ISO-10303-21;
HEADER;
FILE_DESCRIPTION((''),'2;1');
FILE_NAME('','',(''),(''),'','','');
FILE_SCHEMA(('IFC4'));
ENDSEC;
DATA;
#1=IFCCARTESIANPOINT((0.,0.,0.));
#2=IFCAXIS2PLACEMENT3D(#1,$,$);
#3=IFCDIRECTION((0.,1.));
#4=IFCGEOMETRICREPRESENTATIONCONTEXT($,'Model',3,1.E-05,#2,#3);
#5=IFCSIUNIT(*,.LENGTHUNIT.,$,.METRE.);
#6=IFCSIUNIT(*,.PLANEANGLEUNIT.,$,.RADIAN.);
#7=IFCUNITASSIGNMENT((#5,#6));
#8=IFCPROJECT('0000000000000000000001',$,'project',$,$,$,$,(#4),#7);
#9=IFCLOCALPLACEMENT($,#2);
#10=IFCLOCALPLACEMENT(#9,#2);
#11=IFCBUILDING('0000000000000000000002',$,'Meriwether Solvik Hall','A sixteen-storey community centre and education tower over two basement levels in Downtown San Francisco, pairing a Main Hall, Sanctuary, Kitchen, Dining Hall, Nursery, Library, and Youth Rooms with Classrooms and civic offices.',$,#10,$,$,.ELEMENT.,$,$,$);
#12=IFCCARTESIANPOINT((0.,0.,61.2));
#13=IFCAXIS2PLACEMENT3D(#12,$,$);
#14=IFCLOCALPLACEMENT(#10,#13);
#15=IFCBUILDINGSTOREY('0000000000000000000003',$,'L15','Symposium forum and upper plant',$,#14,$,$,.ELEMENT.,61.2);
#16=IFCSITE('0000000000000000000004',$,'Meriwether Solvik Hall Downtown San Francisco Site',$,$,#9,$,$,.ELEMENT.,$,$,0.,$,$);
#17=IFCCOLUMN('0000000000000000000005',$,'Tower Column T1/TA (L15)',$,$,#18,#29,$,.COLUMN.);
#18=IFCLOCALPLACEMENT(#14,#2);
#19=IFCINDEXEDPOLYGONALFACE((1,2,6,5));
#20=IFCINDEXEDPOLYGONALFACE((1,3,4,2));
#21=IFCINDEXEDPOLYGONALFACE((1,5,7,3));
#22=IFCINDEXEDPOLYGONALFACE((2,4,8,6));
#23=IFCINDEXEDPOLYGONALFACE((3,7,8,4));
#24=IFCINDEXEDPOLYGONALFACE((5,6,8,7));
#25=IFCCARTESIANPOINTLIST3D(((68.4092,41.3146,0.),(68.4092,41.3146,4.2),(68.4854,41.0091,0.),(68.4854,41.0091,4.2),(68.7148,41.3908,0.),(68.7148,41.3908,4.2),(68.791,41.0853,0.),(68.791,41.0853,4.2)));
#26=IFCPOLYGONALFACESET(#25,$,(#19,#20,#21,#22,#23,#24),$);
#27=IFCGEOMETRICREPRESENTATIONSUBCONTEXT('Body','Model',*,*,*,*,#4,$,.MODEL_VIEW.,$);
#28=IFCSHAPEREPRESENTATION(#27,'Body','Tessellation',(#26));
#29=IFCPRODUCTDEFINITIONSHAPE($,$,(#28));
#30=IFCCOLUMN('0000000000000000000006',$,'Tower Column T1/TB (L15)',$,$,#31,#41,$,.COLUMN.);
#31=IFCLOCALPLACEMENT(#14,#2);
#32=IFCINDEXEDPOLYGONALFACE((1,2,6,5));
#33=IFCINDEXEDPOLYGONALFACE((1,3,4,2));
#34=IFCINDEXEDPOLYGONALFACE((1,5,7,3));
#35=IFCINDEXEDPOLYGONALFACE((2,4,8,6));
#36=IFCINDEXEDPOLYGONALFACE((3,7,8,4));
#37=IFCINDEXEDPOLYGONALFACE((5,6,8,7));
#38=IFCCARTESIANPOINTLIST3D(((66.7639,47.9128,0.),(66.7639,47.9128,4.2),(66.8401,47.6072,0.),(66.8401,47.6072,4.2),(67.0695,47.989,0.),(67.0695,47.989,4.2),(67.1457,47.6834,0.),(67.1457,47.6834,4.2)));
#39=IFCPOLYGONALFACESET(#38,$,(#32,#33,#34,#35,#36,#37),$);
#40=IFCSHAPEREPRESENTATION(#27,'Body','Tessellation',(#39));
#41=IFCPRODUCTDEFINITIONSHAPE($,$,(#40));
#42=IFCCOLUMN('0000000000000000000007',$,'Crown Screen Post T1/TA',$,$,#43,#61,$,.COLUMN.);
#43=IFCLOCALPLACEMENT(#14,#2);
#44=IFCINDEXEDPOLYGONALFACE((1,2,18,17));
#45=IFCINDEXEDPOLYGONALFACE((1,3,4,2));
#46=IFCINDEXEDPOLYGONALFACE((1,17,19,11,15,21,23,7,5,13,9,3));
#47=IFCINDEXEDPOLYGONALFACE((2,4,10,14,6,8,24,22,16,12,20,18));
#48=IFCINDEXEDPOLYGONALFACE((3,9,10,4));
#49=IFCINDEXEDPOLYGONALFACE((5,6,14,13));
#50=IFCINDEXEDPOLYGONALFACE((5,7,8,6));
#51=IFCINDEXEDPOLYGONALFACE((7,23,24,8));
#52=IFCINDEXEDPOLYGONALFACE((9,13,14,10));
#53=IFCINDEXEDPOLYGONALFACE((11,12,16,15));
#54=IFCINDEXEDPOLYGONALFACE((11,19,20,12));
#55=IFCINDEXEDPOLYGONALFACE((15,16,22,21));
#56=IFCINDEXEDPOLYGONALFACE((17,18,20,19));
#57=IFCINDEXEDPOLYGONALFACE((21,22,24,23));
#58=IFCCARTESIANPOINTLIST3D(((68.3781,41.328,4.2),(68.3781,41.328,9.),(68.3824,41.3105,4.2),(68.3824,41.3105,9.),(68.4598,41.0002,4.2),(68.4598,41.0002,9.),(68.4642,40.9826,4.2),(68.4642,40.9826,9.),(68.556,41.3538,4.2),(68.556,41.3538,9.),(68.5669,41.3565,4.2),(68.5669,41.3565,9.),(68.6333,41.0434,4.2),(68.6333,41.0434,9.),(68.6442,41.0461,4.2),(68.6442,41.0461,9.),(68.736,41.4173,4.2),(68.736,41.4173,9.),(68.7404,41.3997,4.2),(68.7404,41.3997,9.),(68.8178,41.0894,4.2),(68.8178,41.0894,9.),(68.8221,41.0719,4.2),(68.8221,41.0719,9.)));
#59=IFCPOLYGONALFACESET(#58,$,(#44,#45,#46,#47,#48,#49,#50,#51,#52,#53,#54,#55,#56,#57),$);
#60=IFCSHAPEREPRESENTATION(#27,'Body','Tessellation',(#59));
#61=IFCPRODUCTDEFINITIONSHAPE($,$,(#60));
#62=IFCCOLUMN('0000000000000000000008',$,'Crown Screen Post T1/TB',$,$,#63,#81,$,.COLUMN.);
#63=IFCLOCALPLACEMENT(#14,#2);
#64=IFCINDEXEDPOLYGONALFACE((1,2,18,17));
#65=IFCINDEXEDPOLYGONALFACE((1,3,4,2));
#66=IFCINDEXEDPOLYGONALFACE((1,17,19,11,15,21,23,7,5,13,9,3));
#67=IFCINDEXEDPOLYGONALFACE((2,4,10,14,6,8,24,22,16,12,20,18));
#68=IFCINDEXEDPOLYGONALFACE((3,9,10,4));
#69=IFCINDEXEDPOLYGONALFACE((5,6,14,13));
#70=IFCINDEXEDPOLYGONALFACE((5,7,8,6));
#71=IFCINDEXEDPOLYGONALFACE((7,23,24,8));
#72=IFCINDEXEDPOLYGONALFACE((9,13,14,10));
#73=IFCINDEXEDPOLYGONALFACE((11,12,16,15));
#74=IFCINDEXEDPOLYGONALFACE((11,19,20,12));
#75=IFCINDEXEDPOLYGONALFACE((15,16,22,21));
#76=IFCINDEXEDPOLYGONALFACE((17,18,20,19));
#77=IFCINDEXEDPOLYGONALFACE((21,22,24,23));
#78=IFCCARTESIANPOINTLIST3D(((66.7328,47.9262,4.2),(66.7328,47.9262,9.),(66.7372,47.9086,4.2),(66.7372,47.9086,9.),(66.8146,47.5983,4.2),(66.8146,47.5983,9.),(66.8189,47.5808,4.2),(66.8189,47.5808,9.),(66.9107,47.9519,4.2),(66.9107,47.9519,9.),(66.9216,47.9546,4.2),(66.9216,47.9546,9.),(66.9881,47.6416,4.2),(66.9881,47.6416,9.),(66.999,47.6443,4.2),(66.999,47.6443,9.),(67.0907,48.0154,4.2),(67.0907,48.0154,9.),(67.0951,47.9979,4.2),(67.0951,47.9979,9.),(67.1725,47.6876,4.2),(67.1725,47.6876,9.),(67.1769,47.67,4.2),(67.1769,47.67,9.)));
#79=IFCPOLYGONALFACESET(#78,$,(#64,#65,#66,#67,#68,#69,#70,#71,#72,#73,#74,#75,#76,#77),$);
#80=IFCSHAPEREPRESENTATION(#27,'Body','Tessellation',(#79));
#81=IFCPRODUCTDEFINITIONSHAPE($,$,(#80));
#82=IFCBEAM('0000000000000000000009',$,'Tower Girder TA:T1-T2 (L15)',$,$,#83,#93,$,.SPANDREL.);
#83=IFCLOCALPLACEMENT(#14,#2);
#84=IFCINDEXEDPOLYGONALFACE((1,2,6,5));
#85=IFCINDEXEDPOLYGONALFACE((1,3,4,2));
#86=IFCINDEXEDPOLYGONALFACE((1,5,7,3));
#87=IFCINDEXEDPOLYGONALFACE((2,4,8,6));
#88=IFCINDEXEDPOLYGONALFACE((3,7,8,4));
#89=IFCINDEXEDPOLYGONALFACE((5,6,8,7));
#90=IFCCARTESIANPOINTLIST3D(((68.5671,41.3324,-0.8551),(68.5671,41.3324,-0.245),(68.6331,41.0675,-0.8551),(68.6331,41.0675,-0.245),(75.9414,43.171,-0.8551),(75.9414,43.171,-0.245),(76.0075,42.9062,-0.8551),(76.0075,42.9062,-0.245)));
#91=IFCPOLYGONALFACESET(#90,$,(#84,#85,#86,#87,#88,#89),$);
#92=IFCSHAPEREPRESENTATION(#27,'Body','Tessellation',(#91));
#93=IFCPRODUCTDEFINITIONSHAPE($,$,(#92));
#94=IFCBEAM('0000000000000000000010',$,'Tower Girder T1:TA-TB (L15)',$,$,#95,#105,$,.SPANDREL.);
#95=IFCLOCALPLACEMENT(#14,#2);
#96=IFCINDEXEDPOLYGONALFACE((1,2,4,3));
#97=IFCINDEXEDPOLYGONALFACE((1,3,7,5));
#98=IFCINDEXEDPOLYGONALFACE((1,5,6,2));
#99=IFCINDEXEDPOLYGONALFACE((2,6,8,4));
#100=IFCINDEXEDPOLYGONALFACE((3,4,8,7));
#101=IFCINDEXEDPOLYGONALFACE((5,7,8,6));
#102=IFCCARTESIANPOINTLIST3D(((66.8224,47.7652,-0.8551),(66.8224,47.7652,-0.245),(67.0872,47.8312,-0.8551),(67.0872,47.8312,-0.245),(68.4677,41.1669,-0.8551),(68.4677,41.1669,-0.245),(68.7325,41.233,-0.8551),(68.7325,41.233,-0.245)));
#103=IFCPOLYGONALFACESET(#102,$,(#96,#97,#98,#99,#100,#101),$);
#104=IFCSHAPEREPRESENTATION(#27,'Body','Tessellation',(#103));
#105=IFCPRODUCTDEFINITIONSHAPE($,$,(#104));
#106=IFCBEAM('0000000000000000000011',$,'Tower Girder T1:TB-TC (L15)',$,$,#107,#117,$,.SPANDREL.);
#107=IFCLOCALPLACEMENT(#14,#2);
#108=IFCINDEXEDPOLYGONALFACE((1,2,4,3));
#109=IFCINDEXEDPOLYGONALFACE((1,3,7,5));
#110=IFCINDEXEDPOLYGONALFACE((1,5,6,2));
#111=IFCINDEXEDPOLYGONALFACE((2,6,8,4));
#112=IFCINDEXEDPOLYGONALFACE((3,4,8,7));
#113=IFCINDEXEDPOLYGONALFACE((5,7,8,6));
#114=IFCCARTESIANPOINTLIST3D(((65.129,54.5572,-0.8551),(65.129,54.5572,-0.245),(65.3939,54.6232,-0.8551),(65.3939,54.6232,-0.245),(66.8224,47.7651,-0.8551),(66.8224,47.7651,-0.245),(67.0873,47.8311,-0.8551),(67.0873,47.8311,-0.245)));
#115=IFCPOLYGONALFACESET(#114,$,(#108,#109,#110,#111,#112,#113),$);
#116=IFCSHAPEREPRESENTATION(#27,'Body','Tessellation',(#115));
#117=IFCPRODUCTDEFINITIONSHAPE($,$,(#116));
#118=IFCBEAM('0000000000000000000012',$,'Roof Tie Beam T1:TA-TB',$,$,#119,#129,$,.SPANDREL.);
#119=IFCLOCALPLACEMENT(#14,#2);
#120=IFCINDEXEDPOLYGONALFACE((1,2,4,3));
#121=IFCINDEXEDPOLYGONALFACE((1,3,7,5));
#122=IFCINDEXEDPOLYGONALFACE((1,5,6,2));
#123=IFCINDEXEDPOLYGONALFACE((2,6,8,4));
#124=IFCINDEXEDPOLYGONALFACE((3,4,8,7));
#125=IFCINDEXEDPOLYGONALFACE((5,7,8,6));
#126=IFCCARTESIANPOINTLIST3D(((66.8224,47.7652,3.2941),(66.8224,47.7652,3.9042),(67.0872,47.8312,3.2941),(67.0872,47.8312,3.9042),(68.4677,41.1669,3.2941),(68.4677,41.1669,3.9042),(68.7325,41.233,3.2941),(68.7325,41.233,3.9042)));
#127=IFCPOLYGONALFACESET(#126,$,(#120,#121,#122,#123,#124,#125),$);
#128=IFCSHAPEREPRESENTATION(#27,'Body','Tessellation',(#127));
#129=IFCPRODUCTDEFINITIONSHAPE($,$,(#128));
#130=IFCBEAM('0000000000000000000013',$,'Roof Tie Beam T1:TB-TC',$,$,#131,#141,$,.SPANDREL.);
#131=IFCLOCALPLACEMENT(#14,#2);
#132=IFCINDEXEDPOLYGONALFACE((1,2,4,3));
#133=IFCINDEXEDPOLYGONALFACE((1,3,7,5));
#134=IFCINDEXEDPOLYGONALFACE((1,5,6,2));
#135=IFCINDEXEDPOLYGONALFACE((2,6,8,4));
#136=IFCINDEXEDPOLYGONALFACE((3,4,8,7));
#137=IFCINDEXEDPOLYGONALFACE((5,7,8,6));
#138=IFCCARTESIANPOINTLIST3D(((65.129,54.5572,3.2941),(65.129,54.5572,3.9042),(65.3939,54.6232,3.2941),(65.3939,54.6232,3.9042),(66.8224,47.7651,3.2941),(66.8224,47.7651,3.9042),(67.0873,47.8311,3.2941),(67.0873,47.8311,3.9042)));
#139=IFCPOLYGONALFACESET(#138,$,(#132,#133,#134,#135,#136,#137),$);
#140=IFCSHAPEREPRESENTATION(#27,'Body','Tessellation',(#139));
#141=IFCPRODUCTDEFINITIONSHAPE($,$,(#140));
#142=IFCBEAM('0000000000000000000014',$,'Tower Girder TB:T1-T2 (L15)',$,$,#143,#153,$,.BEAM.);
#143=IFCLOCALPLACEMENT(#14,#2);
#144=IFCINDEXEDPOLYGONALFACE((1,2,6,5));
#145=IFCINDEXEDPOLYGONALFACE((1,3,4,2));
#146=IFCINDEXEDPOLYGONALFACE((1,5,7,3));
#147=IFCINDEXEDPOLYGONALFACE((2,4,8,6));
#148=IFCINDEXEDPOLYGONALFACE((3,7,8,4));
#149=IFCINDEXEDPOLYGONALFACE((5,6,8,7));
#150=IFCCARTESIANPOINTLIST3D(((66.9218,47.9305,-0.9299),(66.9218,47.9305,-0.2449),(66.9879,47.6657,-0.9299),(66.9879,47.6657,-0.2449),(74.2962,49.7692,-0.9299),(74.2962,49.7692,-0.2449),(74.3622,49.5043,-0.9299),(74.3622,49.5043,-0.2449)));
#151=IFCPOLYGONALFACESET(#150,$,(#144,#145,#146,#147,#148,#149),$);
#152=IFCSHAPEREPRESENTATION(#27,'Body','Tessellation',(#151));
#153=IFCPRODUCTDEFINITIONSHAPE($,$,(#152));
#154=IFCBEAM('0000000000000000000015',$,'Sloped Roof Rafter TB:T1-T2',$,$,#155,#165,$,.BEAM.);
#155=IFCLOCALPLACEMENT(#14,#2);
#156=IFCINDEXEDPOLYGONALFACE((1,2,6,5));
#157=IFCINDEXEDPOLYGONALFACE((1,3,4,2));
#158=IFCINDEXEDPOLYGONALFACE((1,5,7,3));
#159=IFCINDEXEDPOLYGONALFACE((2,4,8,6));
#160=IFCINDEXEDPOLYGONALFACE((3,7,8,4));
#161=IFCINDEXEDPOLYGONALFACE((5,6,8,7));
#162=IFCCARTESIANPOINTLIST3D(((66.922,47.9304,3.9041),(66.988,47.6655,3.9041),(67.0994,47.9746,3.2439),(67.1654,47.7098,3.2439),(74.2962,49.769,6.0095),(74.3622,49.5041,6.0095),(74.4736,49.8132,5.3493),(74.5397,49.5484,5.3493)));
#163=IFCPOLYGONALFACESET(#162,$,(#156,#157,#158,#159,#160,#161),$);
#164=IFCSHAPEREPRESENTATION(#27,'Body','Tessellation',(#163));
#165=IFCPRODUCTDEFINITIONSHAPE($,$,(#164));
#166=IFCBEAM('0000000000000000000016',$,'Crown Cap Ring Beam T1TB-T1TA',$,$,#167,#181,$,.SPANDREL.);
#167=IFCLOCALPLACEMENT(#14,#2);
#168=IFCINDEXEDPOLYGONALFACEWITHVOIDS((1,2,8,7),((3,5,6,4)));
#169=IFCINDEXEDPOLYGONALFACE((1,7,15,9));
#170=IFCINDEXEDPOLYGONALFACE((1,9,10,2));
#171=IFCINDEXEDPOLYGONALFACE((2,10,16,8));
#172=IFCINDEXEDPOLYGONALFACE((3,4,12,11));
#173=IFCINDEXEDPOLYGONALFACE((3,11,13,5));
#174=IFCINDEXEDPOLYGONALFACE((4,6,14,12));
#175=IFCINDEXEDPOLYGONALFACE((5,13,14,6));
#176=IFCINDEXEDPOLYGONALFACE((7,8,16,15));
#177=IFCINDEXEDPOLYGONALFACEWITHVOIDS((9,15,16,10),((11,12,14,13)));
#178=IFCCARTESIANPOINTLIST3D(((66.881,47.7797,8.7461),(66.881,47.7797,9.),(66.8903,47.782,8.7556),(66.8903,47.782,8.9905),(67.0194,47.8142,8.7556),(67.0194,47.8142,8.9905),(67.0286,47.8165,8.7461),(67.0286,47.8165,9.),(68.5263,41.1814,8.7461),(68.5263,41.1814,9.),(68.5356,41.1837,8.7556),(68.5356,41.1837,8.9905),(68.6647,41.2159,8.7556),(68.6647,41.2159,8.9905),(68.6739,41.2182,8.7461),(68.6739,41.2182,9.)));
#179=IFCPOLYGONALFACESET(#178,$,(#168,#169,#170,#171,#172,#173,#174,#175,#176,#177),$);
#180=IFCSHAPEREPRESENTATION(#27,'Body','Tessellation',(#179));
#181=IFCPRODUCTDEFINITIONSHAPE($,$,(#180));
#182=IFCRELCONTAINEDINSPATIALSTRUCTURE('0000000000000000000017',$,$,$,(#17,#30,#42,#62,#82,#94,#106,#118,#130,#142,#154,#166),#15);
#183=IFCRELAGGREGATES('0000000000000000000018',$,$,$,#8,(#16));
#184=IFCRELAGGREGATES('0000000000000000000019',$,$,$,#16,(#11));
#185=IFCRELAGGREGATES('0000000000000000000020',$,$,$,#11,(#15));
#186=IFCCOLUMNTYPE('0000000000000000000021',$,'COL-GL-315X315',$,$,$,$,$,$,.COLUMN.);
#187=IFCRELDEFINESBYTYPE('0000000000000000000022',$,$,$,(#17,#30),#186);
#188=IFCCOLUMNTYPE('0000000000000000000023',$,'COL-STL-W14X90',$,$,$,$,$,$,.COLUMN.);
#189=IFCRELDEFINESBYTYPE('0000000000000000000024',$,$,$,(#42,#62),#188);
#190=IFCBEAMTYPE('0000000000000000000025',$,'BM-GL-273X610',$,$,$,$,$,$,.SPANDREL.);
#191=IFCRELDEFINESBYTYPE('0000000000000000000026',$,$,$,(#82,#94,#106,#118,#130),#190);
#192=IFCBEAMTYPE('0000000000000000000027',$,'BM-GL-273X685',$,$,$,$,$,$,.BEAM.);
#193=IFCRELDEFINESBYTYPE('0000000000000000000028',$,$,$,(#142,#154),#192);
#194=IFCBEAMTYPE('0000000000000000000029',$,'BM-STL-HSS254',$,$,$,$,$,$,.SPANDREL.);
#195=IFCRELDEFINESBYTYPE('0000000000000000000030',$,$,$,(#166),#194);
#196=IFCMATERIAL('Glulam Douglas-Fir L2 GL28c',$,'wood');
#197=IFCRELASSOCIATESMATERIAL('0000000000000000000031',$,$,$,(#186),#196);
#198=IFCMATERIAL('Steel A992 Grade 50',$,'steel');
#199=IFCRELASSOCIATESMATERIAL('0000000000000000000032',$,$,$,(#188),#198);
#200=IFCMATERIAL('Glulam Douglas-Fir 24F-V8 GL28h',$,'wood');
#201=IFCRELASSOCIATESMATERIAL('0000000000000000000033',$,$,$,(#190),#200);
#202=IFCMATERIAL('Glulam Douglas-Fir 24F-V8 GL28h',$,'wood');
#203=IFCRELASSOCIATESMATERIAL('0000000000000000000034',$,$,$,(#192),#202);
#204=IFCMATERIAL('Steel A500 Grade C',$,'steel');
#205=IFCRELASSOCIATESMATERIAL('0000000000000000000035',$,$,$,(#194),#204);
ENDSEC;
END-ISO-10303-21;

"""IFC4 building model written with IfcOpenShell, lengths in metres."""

from ifc_helpers import new_model, si_unit, direction, frame, origin, origin_2d, place, context, subcontext, project, spatial, rectangle, hollow_rectangle, i_section, extrude, material, material_profile, profile_set, type_object, element, save


model = new_model("IFC4")

# Units and contexts
model_context = context("Model", 3, precision=1e-05, world=origin(), true_north=direction((0.0, 1.0)))
body_context = subcontext(model_context, "Body", "Model", "MODEL_VIEW")
ifc_project = project(units=[si_unit("LENGTHUNIT", "METRE"), si_unit("PLANEANGLEUNIT", "RADIAN")], contexts=[model_context])

# Site, building, storey
site_placement = place(None, origin())
site = spatial("IfcSite", under=ifc_project, at=site_placement, Name="Meriwether Solvik Hall Downtown San Francisco Site", CompositionType="ELEMENT", RefElevation=0.0)
building_placement = place(site_placement, origin())
building = spatial("IfcBuilding", under=site, at=building_placement, Name="Meriwether Solvik Hall", Description="A sixteen-storey community centre and education tower over two basement levels in Downtown San Francisco, pairing a Main Hall, Sanctuary, Kitchen, Dining Hall, Nursery, Library, and Youth Rooms with Classrooms and civic offices.", CompositionType="ELEMENT")
storey_placement = place(building_placement, frame((0.0, 0.0, 61.2)))
storey = spatial("IfcBuildingStorey", under=building, at=storey_placement, Name="L15", Description="Symposium forum and upper plant", CompositionType="ELEMENT", Elevation=61.2)

# Columns
ifc_material_1 = material(Name="Glulam Douglas-Fir L2 GL28c", Category="wood")
ifc_material_profile_1 = material_profile(ifc_material_1, rectangle(XDim=0.3149, YDim=0.3149, at=origin_2d()), Name="GLC-315X315")
ifc_profile_set_1 = profile_set([ifc_material_profile_1], Name="Glulam Douglas-Fir L2 GL28c")
column_type_1 = type_object("IfcColumnType", Name="COL-GL-315X315", PredefinedType="COLUMN", material=ifc_profile_set_1)
for number, where, z_axis, x_axis, name in (
    (1, (68.6001, 41.2, 0.0), (0.0, 0.0, 1.0), (0.970296, 0.241922, 0.0), "Tower Column T1/TA (L15)"),
    (2, (66.9548, 47.7981, 0.0), (0.0, 0.0, 1.0), (0.970296, 0.241922, 0.0), "Tower Column T1/TB (L15)"),
):
    element("IfcColumn", number, at=place(storey_placement, frame(where, z_axis=z_axis, x_axis=x_axis)), inside=storey, type_object=column_type_1, Name=name, PredefinedType="COLUMN", context=body_context, shape_type="SweptSolid", body=[
        extrude(rectangle(XDim=0.3149, YDim=0.3149, at=origin_2d()), origin(), (0.0, 0.0, 1.0), 4.2),
    ])
ifc_material_2 = material(Name="Steel A992 Grade 50", Category="steel")
ifc_material_profile_2 = material_profile(ifc_material_2, i_section(OverallWidth=0.3689, OverallDepth=0.356, WebThickness=0.0112, FlangeThickness=0.0181, at=origin_2d()), Name="W14X90")
ifc_profile_set_2 = profile_set([ifc_material_profile_2], Name="Steel A992 Grade 50")
column_type_2 = type_object("IfcColumnType", Name="COL-STL-W14X90", PredefinedType="COLUMN", material=ifc_profile_set_2)
for number, where, z_axis, x_axis, name in (
    (3, (68.6001, 41.2, 4.2), (0.0, 0.0, 1.0), (0.970296, 0.241922, 0.0), "Crown Screen Post T1/TA"),
    (4, (66.9548, 47.7981, 4.2), (0.0, 0.0, 1.0), (0.970296, 0.241922, 0.0), "Crown Screen Post T1/TB"),
):
    element("IfcColumn", number, at=place(storey_placement, frame(where, z_axis=z_axis, x_axis=x_axis)), inside=storey, type_object=column_type_2, Name=name, PredefinedType="COLUMN", context=body_context, shape_type="SweptSolid", body=[
        extrude(i_section(OverallWidth=0.3689, OverallDepth=0.356, WebThickness=0.0112, FlangeThickness=0.0181, at=origin_2d()), origin(), (0.0, 0.0, 1.0), 4.8),
    ])

# Beams
ifc_material_3 = material(Name="Glulam Douglas-Fir 24F-V8 GL28h", Category="wood")
ifc_material_profile_3 = material_profile(ifc_material_3, rectangle(XDim=0.2729, YDim=0.6101, at=origin_2d()), Name="GLB-273X610")
ifc_profile_set_3 = profile_set([ifc_material_profile_3], Name="Glulam Douglas-Fir 24F-V8 GL28h")
beam_type_1 = type_object("IfcBeamType", Name="BM-GL-273X610", PredefinedType="SPANDREL", material=ifc_profile_set_3)
beam_1_placement = place(storey_placement, frame((68.6001, 41.2, -0.55), z_axis=(0.970295, 0.241923, 0.0), x_axis=(-0.241923, 0.970295, 0.0)))
element("IfcBeam", 5, at=beam_1_placement, inside=storey, type_object=beam_type_1, Name="Tower Girder TA:T1-T2 (L15)", PredefinedType="SPANDREL", context=body_context, shape_type="SweptSolid", body=[
    extrude(rectangle(XDim=0.2729, YDim=0.6101, at=origin_2d()), origin(), (0.0, 0.0, 1.0), 7.6001),
])
beam_2_placement = place(storey_placement, frame((68.6001, 41.2, -0.55), z_axis=(-0.241944, 0.97029, 0.0), x_axis=(-0.97029, -0.241944, 0.0)))
element("IfcBeam", 6, at=beam_2_placement, inside=storey, type_object=beam_type_1, Name="Tower Girder T1:TA-TB (L15)", PredefinedType="SPANDREL", context=body_context, shape_type="SweptSolid", body=[
    extrude(rectangle(XDim=0.2729, YDim=0.6101, at=origin_2d()), origin(), (0.0, 0.0, 1.0), 6.8003),
])
beam_3_placement = place(storey_placement, frame((66.9548, 47.7981, -0.55), z_axis=(-0.241912, 0.970298, 0.0), x_axis=(-0.970298, -0.241912, 0.0)))
element("IfcBeam", 7, at=beam_3_placement, inside=storey, type_object=beam_type_1, Name="Tower Girder T1:TB-TC (L15)", PredefinedType="SPANDREL", context=body_context, shape_type="SweptSolid", body=[
    extrude(rectangle(XDim=0.2729, YDim=0.6101, at=origin_2d()), origin(), (0.0, 0.0, 1.0), 7.0),
])
beam_4_placement = place(storey_placement, frame((68.6001, 41.2, 3.5991), z_axis=(-0.241944, 0.97029, 0.0), x_axis=(-0.97029, -0.241944, 0.0)))
element("IfcBeam", 8, at=beam_4_placement, inside=storey, type_object=beam_type_1, Name="Roof Tie Beam T1:TA-TB", PredefinedType="SPANDREL", context=body_context, shape_type="SweptSolid", body=[
    extrude(rectangle(XDim=0.2729, YDim=0.6101, at=origin_2d()), origin(), (0.0, 0.0, 1.0), 6.8003),
])
beam_5_placement = place(storey_placement, frame((66.9548, 47.7981, 3.5991), z_axis=(-0.241912, 0.970298, 0.0), x_axis=(-0.970298, -0.241912, 0.0)))
element("IfcBeam", 9, at=beam_5_placement, inside=storey, type_object=beam_type_1, Name="Roof Tie Beam T1:TB-TC", PredefinedType="SPANDREL", context=body_context, shape_type="SweptSolid", body=[
    extrude(rectangle(XDim=0.2729, YDim=0.6101, at=origin_2d()), origin(), (0.0, 0.0, 1.0), 7.0),
])
ifc_material_4 = material(Name="Glulam Douglas-Fir 24F-V8 GL28h", Category="wood")
ifc_material_profile_4 = material_profile(ifc_material_4, rectangle(XDim=0.2729, YDim=0.6851, at=origin_2d()), Name="GLB-273X685")
ifc_profile_set_4 = profile_set([ifc_material_profile_4], Name="Glulam Douglas-Fir 24F-V8 GL28h")
beam_type_2 = type_object("IfcBeamType", Name="BM-GL-273X685", PredefinedType="BEAM", material=ifc_profile_set_4)
beam_6_placement = place(storey_placement, frame((66.9548, 47.7981, -0.5874), z_axis=(0.970295, 0.241923, 0.0), x_axis=(-0.241923, 0.970295, 0.0)))
element("IfcBeam", 10, at=beam_6_placement, inside=storey, type_object=beam_type_2, Name="Tower Girder TB:T1-T2 (L15)", PredefinedType="BEAM", context=body_context, shape_type="SweptSolid", body=[
    extrude(rectangle(XDim=0.2729, YDim=0.6851, at=origin_2d()), origin(), (0.0, 0.0, 1.0), 7.6001),
])
beam_7_placement = place(storey_placement, frame((67.0437, 47.8201, 3.574), z_axis=(0.935076, 0.233142, 0.266979), x_axis=(-0.241923, 0.970295, 0.0)))
element("IfcBeam", 11, at=beam_7_placement, inside=storey, type_object=beam_type_2, Name="Sloped Roof Rafter TB:T1-T2", PredefinedType="BEAM", context=body_context, shape_type="SweptSolid", body=[
    extrude(rectangle(XDim=0.2729, YDim=0.6851, at=origin_2d()), origin(), (0.0, 0.0, 1.0), 7.8862),
])
ifc_material_5 = material(Name="Steel A500 Grade C", Category="steel")
ifc_material_profile_5 = material_profile(ifc_material_5, hollow_rectangle(XDim=0.1521, YDim=0.2539, WallThickness=0.0095, at=origin_2d()), Name="HSS254X152X9.5")
ifc_profile_set_5 = profile_set([ifc_material_profile_5], Name="Steel A500 Grade C")
beam_type_3 = type_object("IfcBeamType", Name="BM-STL-HSS254", PredefinedType="SPANDREL", material=ifc_profile_set_5)
beam_8_placement = place(storey_placement, frame((66.9548, 47.7981, 8.873), z_axis=(0.241944, -0.97029, 0.0), x_axis=(0.97029, 0.241944, 0.0)))
element("IfcBeam", 12, at=beam_8_placement, inside=storey, type_object=beam_type_3, Name="Crown Cap Ring Beam T1TB-T1TA", PredefinedType="SPANDREL", context=body_context, shape_type="SweptSolid", body=[
    extrude(hollow_rectangle(XDim=0.1521, YDim=0.2539, WallThickness=0.0095, at=origin_2d()), origin(), (0.0, 0.0, 1.0), 6.8003),
])

save(model, "model.ifc")
